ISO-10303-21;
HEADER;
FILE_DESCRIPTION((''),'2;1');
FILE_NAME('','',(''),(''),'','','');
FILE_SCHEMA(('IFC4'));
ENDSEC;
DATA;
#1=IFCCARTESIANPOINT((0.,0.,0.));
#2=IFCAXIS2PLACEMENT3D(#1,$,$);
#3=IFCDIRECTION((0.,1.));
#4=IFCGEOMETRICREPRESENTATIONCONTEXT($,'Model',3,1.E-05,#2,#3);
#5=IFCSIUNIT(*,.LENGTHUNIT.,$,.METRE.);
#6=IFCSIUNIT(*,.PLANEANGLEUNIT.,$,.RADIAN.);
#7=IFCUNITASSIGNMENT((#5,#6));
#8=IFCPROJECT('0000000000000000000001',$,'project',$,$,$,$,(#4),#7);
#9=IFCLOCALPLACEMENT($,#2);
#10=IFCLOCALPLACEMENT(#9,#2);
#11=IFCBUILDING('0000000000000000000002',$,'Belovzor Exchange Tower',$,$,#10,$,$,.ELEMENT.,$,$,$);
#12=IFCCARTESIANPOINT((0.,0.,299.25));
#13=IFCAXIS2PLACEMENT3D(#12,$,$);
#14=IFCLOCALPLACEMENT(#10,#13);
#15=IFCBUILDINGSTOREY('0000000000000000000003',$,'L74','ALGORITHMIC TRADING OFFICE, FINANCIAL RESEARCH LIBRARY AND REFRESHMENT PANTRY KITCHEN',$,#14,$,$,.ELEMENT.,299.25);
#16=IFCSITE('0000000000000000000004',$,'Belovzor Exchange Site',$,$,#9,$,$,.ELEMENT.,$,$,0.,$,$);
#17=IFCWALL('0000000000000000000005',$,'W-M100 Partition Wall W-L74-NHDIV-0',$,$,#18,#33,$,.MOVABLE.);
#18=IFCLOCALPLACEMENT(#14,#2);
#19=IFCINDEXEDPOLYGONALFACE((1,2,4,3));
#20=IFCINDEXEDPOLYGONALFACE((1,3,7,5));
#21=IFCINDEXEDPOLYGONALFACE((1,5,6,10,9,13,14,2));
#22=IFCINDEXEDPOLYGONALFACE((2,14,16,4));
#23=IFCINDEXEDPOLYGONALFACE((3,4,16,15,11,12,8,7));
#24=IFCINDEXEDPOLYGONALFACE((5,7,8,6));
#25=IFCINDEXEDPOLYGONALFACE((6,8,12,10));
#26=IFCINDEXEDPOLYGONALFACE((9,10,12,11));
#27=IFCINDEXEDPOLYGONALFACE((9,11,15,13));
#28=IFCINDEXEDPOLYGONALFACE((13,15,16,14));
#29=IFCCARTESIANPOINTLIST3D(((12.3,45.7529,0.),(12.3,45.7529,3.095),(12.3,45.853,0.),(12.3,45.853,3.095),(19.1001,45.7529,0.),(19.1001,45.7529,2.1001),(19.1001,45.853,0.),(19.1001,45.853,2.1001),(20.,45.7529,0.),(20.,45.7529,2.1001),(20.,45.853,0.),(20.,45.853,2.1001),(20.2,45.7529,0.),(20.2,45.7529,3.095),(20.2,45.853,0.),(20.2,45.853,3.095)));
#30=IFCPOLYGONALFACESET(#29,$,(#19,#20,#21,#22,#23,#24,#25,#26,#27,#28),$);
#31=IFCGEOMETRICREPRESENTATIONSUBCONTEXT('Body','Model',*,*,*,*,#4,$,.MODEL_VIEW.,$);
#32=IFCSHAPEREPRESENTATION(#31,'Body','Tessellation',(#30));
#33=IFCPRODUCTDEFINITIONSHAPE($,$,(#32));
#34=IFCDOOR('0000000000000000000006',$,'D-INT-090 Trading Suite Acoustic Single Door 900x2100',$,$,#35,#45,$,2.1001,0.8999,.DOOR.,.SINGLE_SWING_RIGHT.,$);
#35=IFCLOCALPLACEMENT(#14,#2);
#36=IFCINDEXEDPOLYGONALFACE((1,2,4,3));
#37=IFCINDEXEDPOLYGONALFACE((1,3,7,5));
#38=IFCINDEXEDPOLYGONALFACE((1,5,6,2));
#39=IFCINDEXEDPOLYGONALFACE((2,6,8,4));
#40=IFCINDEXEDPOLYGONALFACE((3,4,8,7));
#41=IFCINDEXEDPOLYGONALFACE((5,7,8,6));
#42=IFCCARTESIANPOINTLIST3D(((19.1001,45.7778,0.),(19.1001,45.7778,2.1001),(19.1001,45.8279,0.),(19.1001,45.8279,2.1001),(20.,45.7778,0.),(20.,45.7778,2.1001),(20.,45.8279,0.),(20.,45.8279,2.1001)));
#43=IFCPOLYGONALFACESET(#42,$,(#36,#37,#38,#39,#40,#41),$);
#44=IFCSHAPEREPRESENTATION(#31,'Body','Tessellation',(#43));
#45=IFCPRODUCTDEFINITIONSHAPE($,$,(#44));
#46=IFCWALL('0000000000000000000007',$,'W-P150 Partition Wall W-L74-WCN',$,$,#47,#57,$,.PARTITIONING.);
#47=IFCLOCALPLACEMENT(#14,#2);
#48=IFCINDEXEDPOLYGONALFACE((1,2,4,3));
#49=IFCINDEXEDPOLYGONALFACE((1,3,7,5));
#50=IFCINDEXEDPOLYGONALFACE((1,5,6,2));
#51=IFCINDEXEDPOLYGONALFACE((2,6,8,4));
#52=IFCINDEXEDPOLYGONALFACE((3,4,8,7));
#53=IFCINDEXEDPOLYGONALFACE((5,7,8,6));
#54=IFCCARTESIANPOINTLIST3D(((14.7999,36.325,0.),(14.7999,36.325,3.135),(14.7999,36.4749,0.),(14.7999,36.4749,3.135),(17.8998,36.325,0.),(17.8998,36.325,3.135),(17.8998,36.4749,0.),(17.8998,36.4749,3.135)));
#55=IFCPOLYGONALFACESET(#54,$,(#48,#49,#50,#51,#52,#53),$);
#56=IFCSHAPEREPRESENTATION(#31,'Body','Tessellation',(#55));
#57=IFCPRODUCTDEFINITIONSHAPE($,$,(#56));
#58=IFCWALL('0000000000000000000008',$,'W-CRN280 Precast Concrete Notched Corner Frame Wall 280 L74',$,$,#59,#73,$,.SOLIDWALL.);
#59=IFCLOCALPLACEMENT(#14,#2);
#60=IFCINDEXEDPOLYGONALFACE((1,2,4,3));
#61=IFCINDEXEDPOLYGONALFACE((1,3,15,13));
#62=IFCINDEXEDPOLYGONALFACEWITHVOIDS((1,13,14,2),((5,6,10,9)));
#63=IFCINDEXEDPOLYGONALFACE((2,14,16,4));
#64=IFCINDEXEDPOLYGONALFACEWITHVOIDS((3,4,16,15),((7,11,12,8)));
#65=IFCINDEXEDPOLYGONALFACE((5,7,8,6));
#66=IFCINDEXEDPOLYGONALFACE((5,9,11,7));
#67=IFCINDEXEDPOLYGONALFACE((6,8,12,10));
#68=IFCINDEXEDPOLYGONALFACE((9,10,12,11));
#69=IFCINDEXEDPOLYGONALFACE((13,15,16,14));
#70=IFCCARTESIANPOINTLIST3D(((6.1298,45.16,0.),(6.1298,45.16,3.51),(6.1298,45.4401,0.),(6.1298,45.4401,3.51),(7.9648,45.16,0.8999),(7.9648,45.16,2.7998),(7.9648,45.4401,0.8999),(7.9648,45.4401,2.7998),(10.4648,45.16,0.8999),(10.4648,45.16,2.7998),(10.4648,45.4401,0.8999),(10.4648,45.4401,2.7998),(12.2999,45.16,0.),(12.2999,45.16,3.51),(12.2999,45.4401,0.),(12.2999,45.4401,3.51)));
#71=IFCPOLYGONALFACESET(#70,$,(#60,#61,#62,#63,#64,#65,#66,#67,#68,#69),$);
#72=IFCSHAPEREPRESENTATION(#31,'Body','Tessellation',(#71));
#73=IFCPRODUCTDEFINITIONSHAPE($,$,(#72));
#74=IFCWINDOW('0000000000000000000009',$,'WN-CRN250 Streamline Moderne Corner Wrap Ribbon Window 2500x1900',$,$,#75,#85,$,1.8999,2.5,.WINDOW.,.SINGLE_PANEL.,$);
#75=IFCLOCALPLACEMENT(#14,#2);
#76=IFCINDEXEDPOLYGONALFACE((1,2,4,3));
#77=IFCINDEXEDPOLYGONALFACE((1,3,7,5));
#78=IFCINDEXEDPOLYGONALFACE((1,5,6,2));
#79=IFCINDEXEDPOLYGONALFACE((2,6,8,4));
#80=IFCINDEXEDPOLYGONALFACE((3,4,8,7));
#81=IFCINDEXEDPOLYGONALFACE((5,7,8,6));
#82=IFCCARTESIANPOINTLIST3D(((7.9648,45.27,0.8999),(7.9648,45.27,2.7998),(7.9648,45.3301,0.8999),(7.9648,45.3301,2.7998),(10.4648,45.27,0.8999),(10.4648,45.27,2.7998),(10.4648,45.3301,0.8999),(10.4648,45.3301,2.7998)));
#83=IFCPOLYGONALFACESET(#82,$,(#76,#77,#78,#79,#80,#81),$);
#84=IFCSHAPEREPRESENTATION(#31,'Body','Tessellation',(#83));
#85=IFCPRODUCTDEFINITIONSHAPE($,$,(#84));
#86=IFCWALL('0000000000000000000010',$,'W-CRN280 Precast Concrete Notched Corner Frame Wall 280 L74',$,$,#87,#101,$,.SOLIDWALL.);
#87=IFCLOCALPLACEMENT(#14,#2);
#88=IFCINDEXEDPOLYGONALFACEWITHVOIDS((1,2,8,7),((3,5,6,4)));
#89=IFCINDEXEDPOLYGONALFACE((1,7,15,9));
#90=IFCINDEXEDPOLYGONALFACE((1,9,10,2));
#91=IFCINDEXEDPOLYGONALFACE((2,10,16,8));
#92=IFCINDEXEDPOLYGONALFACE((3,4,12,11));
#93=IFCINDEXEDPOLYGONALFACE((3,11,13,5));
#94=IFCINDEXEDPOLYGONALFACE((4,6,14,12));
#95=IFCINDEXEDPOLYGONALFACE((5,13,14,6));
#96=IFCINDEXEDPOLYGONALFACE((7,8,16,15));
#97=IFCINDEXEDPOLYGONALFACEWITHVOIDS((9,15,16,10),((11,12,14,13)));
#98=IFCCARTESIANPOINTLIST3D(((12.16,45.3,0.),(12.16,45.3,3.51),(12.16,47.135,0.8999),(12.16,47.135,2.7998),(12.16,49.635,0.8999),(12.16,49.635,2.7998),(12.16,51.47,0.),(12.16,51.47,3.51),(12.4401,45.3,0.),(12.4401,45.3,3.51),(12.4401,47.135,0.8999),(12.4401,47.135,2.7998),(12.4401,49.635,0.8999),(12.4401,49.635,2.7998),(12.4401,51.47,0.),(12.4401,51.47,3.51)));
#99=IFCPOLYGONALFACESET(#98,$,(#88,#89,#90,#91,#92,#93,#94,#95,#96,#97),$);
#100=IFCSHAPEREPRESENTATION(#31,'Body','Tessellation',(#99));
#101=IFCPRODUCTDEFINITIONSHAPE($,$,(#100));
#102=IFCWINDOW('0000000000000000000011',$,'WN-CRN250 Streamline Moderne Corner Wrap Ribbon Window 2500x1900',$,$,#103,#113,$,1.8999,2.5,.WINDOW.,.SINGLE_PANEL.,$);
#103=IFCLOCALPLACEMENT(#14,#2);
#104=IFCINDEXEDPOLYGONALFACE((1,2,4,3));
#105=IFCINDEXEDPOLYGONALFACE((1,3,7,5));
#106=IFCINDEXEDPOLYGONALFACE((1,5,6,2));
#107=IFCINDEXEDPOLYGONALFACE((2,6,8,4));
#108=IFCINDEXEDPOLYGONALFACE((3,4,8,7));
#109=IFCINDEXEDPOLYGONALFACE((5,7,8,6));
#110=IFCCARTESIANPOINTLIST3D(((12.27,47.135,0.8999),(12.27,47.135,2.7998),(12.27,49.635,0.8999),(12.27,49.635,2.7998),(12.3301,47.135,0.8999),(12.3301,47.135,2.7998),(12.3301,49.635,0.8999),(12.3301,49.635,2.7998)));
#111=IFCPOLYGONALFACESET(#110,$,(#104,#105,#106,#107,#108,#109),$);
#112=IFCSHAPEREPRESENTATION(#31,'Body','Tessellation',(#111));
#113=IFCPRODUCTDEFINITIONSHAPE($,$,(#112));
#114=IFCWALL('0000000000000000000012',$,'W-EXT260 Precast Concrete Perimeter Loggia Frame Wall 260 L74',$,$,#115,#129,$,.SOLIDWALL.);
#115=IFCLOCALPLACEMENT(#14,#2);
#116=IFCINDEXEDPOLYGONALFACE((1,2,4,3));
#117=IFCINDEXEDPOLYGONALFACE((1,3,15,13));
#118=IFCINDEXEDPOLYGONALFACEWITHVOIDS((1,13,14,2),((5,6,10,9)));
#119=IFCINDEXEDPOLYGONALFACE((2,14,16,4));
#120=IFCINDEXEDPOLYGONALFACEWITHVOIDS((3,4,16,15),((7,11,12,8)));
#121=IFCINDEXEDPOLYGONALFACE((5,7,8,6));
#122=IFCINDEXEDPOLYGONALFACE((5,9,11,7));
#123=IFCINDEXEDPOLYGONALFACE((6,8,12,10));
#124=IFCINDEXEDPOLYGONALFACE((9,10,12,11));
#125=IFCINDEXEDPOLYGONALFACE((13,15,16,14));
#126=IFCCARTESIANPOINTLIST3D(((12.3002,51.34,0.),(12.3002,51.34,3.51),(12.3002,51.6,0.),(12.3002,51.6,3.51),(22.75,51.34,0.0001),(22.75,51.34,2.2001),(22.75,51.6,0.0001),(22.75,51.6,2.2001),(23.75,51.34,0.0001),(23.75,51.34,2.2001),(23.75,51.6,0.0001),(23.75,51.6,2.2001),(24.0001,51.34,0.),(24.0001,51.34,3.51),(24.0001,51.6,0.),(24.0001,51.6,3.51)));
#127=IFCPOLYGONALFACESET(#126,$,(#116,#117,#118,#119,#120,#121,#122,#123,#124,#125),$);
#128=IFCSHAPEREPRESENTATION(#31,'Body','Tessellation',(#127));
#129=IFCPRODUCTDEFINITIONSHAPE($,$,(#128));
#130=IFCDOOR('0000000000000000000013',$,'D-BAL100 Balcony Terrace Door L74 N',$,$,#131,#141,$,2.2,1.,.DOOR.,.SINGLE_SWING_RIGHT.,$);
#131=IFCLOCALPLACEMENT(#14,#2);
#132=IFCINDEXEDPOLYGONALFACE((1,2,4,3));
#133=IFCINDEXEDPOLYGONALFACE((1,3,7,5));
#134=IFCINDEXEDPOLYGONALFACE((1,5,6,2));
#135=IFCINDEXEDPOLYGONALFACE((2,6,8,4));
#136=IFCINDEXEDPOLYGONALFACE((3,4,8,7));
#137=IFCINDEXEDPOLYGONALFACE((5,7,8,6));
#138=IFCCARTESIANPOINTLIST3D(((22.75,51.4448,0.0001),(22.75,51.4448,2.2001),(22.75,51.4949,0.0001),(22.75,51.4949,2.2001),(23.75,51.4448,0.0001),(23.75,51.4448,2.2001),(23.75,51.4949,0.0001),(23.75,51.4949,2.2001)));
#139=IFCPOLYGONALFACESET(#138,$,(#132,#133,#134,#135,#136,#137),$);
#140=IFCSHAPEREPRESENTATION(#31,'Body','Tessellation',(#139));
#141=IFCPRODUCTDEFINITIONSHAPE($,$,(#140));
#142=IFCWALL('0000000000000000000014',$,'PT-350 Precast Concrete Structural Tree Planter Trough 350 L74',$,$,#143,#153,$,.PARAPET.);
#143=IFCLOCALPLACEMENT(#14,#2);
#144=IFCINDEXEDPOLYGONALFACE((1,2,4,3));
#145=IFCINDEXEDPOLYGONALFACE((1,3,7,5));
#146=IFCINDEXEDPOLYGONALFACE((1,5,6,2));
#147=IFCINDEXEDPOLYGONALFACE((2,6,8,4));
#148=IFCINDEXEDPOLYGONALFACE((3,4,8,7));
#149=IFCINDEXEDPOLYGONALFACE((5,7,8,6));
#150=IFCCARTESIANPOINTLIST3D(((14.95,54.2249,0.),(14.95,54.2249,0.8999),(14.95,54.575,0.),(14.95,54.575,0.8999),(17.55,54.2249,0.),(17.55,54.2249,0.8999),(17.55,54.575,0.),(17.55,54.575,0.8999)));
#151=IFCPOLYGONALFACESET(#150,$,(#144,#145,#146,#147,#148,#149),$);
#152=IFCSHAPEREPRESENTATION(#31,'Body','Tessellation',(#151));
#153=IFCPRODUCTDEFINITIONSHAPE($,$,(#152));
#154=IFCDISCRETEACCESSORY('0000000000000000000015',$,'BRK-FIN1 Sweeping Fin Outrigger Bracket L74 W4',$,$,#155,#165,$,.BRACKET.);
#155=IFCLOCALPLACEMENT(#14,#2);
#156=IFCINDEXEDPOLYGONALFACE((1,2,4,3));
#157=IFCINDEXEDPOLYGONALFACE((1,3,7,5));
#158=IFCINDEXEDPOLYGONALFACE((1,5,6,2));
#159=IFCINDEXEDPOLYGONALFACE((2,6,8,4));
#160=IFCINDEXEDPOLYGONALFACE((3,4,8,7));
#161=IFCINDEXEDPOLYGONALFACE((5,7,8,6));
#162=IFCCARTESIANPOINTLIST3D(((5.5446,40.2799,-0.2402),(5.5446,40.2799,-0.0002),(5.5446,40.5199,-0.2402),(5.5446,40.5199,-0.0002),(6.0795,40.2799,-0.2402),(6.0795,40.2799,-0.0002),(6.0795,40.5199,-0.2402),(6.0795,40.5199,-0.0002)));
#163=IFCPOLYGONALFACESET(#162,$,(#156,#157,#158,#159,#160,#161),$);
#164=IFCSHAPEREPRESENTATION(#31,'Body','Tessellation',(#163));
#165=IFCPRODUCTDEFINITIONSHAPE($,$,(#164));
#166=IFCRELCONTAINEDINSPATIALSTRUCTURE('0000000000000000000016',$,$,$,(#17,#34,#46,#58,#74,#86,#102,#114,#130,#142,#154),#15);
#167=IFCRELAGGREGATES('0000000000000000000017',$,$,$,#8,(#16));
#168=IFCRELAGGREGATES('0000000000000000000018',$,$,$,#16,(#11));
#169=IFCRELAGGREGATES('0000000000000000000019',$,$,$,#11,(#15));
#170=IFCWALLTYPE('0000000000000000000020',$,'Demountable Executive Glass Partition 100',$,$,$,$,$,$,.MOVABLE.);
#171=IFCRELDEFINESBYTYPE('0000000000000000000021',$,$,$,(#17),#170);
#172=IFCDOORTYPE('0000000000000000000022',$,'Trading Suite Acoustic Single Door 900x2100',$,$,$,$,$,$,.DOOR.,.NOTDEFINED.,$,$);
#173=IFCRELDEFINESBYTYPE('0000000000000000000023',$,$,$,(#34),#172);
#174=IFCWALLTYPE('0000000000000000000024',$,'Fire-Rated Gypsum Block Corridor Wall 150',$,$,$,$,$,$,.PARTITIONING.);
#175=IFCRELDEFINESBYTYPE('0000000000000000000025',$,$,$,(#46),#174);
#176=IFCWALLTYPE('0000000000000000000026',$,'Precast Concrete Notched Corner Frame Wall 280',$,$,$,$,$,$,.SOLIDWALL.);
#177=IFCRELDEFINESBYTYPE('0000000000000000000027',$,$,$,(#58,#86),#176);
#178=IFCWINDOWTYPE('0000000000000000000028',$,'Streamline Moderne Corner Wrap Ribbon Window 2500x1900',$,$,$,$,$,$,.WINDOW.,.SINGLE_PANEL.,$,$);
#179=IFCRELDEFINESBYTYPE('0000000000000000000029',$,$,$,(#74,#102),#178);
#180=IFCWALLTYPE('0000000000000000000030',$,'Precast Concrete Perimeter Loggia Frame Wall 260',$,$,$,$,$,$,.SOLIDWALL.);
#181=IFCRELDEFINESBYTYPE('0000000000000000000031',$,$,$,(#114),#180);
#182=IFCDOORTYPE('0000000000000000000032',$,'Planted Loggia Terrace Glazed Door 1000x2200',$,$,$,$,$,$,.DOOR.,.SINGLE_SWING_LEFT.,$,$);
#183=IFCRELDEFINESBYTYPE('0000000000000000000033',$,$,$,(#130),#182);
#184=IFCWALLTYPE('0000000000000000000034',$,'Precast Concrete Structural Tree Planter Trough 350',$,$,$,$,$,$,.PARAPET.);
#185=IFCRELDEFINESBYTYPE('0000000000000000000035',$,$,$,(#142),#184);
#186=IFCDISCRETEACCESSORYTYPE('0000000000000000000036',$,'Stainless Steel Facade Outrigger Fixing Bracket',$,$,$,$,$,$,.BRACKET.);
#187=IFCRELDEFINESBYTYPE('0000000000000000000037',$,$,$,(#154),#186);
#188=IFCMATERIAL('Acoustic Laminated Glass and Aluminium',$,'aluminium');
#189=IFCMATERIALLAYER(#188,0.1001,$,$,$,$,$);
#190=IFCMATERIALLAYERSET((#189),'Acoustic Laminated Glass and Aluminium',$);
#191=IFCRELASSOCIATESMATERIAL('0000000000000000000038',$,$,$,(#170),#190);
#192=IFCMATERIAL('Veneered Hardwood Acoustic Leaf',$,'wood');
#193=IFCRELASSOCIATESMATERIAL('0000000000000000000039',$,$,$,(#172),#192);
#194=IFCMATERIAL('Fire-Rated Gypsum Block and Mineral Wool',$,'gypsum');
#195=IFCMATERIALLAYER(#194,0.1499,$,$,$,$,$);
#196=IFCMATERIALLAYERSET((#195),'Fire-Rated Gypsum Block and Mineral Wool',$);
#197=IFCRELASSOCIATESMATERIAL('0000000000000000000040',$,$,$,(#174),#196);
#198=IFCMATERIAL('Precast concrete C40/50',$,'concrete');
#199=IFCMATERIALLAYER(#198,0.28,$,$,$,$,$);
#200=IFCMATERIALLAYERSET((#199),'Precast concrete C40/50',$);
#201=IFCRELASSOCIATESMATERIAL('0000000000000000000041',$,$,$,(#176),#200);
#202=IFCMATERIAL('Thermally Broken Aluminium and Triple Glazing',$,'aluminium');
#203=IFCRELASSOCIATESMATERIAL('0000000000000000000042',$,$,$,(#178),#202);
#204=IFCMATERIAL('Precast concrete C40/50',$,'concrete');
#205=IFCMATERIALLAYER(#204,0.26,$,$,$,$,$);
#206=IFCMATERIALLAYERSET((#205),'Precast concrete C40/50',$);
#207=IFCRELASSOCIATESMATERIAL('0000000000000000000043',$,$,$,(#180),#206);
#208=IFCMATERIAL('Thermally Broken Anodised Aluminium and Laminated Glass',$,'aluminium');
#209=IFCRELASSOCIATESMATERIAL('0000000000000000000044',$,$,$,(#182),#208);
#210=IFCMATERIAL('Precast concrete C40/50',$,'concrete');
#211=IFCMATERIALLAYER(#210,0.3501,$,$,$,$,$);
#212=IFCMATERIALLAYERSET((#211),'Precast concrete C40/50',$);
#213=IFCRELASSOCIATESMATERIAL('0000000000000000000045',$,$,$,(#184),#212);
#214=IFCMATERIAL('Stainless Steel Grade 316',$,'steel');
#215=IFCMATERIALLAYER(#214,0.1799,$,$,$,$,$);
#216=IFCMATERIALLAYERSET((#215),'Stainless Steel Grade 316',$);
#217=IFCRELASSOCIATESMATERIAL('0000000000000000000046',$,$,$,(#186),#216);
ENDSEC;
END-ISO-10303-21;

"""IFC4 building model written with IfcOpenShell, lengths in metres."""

from ifc_helpers import new_model, si_unit, direction, frame, frame_2d, origin, origin_2d, place, context, subcontext, project, spatial, rectangle, extrude, material, layer, layer_set, type_object, element, fill, save


model = new_model("IFC4")

# Units and contexts
model_context = context("Model", 3, precision=1e-05, world=origin(), true_north=direction((0.0, 1.0)))
body_context = subcontext(model_context, "Body", "Model", "MODEL_VIEW")
ifc_project = project(units=[si_unit("LENGTHUNIT", "METRE"), si_unit("PLANEANGLEUNIT", "RADIAN")], contexts=[model_context])

# Site, building, storey
site_placement = place(None, origin())
site = spatial("IfcSite", under=ifc_project, at=site_placement, Name="Belovzor Exchange Site", CompositionType="ELEMENT", RefElevation=0.0)
building_placement = place(site_placement, origin())
building = spatial("IfcBuilding", under=site, at=building_placement, Name="Belovzor Exchange Tower", CompositionType="ELEMENT")
storey_placement = place(building_placement, frame((0.0, 0.0, 299.25)))
storey = spatial("IfcBuildingStorey", under=building, at=storey_placement, Name="L74", Description="ALGORITHMIC TRADING OFFICE, FINANCIAL RESEARCH LIBRARY AND REFRESHMENT PANTRY KITCHEN", CompositionType="ELEMENT", Elevation=299.25)

# Wall, opening, door
ifc_material_1 = material(Name="Acoustic Laminated Glass and Aluminium", Category="aluminium")
ifc_layer_1 = layer(ifc_material_1, 0.1001)
ifc_layer_set_1 = layer_set([ifc_layer_1], Name="Acoustic Laminated Glass and Aluminium")
wall_type_1 = type_object("IfcWallType", Name="Demountable Executive Glass Partition 100", PredefinedType="MOVABLE", material=ifc_layer_set_1)
wall_1_placement = place(storey_placement, frame((12.3, 45.803, 0.0), z_axis=(0.0, 0.0, 1.0), x_axis=(1.0, 0.0, 0.0)))
wall_1 = element("IfcWall", 1, at=wall_1_placement, inside=storey, type_object=wall_type_1, Name="W-M100 Partition Wall W-L74-NHDIV-0", PredefinedType="MOVABLE", context=body_context, shape_type="SweptSolid", body=[
    extrude(rectangle(XDim=7.8999, YDim=0.1001, at=frame_2d((3.95, 0.0))), origin(), (0.0, 0.0, 1.0), 3.095),
])
opening_1_placement = place(wall_1_placement, frame((6.8, 0.0, 0.0)))
opening_1 = element("IfcOpeningElement", 2, at=opening_1_placement, cuts=wall_1, PredefinedType="OPENING", context=body_context, shape_type="SweptSolid", body=[
    extrude(rectangle(XDim=0.8999, YDim=2.1001, at=frame_2d((0.45, 1.05))), frame((0.0, 0.0601, 0.0), z_axis=(0.0, -1.0, 0.0), x_axis=(1.0, 0.0, 0.0)), (0.0, 0.0, 1.0), 0.1201),
])
ifc_material_2 = material(Name="Veneered Hardwood Acoustic Leaf", Category="wood")
door_type_1 = type_object("IfcDoorType", Name="Trading Suite Acoustic Single Door 900x2100", OperationType="NOTDEFINED", PredefinedType="DOOR", material=ifc_material_2)
door_1_placement = place(opening_1_placement, origin())
door_1 = element("IfcDoor", 3, at=door_1_placement, inside=storey, type_object=door_type_1, Name="D-INT-090 Trading Suite Acoustic Single Door 900x2100", OperationType="SINGLE_SWING_RIGHT", OverallHeight=2.1001, OverallWidth=0.8999, PredefinedType="DOOR", context=body_context, shape_type="SweptSolid", body=[
    extrude(rectangle(XDim=0.8999, YDim=2.1001, at=frame_2d((0.45, 1.05))), frame((0.0, 0.0249, 0.0), z_axis=(0.0, -1.0, 0.0), x_axis=(1.0, 0.0, 0.0)), (0.0, 0.0, 1.0), 0.05),
])
fill(opening_1, door_1)

# Wall
ifc_material_3 = material(Name="Fire-Rated Gypsum Block and Mineral Wool", Category="gypsum")
ifc_layer_2 = layer(ifc_material_3, 0.1499)
ifc_layer_set_2 = layer_set([ifc_layer_2], Name="Fire-Rated Gypsum Block and Mineral Wool")
wall_type_2 = type_object("IfcWallType", Name="Fire-Rated Gypsum Block Corridor Wall 150", PredefinedType="PARTITIONING", material=ifc_layer_set_2)
wall_2_placement = place(storey_placement, frame((14.8, 36.3999, 0.0), z_axis=(0.0, 0.0, 1.0), x_axis=(1.0, 0.0, 0.0)))
element("IfcWall", 4, at=wall_2_placement, inside=storey, type_object=wall_type_2, Name="W-P150 Partition Wall W-L74-WCN", PredefinedType="PARTITIONING", context=body_context, shape_type="SweptSolid", body=[
    extrude(rectangle(XDim=3.0999, YDim=0.1499, at=frame_2d((1.5498, 0.0))), origin(), (0.0, 0.0, 1.0), 3.135),
])

# Walls, openings, windows
ifc_material_4 = material(Name="Precast concrete C40/50", Category="concrete")
ifc_layer_3 = layer(ifc_material_4, 0.28)
ifc_layer_set_3 = layer_set([ifc_layer_3], Name="Precast concrete C40/50")
wall_type_3 = type_object("IfcWallType", Name="Precast Concrete Notched Corner Frame Wall 280", PredefinedType="SOLIDWALL", material=ifc_layer_set_3)
wall_3_placement = place(storey_placement, frame((6.1299, 45.3, 0.0), z_axis=(0.0, 0.0, 1.0), x_axis=(1.0, 0.0, 0.0)))
wall_3 = element("IfcWall", 5, at=wall_3_placement, inside=storey, type_object=wall_type_3, Name="W-CRN280 Precast Concrete Notched Corner Frame Wall 280 L74", PredefinedType="SOLIDWALL", context=body_context, shape_type="SweptSolid", body=[
    extrude(rectangle(XDim=6.1702, YDim=0.28, at=frame_2d((3.085, 0.0))), origin(), (0.0, 0.0, 1.0), 3.51),
])
opening_2_placement = place(wall_3_placement, frame((1.835, 0.0, 0.8999)))
opening_2 = element("IfcOpeningElement", 6, at=opening_2_placement, cuts=wall_3, PredefinedType="OPENING", context=body_context, shape_type="SweptSolid", body=[
    extrude(rectangle(XDim=2.5, YDim=1.8999, at=frame_2d((1.25, 0.95))), frame((0.0, 0.1499, 0.0), z_axis=(0.0, -1.0, 0.0), x_axis=(1.0, 0.0, 0.0)), (0.0, 0.0, 1.0), 0.3),
])
ifc_material_5 = material(Name="Thermally Broken Aluminium and Triple Glazing", Category="aluminium")
window_type = type_object("IfcWindowType", Name="Streamline Moderne Corner Wrap Ribbon Window 2500x1900", PartitioningType="SINGLE_PANEL", PredefinedType="WINDOW", material=ifc_material_5)
window_1_placement = place(opening_2_placement, origin())
window_1 = element("IfcWindow", 7, at=window_1_placement, inside=storey, type_object=window_type, Name="WN-CRN250 Streamline Moderne Corner Wrap Ribbon Window 2500x1900", OverallHeight=1.8999, OverallWidth=2.5, PartitioningType="SINGLE_PANEL", PredefinedType="WINDOW", context=body_context, shape_type="SweptSolid", body=[
    extrude(rectangle(XDim=2.5, YDim=1.8999, at=frame_2d((1.25, 0.95))), frame((0.0, 0.03, 0.0), z_axis=(0.0, -1.0, 0.0), x_axis=(1.0, 0.0, 0.0)), (0.0, 0.0, 1.0), 0.0601),
])
fill(opening_2, window_1)
wall_4_placement = place(storey_placement, frame((12.3, 45.3, 0.0), z_axis=(0.0, 0.0, 1.0), x_axis=(0.0, 1.0, 0.0)))
wall_4 = element("IfcWall", 8, at=wall_4_placement, inside=storey, type_object=wall_type_3, Name="W-CRN280 Precast Concrete Notched Corner Frame Wall 280 L74", PredefinedType="SOLIDWALL", context=body_context, shape_type="SweptSolid", body=[
    extrude(rectangle(XDim=6.1699, YDim=0.28, at=frame_2d((3.085, 0.0))), origin(), (0.0, 0.0, 1.0), 3.51),
])
opening_3_placement = place(wall_4_placement, frame((1.835, 0.0, 0.8999)))
opening_3 = element("IfcOpeningElement", 9, at=opening_3_placement, cuts=wall_4, PredefinedType="OPENING", context=body_context, shape_type="SweptSolid", body=[
    extrude(rectangle(XDim=2.5, YDim=1.8999, at=frame_2d((1.25, 0.95))), frame((0.0, 0.1499, 0.0), z_axis=(0.0, -1.0, 0.0), x_axis=(1.0, 0.0, 0.0)), (0.0, 0.0, 1.0), 0.3),
])
window_2_placement = place(opening_3_placement, origin())
window_2 = element("IfcWindow", 10, at=window_2_placement, inside=storey, type_object=window_type, Name="WN-CRN250 Streamline Moderne Corner Wrap Ribbon Window 2500x1900", OverallHeight=1.8999, OverallWidth=2.5, PartitioningType="SINGLE_PANEL", PredefinedType="WINDOW", context=body_context, shape_type="SweptSolid", body=[
    extrude(rectangle(XDim=2.5, YDim=1.8999, at=frame_2d((1.25, 0.95))), frame((0.0, 0.03, 0.0), z_axis=(0.0, -1.0, 0.0), x_axis=(1.0, 0.0, 0.0)), (0.0, 0.0, 1.0), 0.0601),
])
fill(opening_3, window_2)

# Wall, opening, door
ifc_material_6 = material(Name="Precast concrete C40/50", Category="concrete")
ifc_layer_4 = layer(ifc_material_6, 0.26)
ifc_layer_set_4 = layer_set([ifc_layer_4], Name="Precast concrete C40/50")
wall_type_4 = type_object("IfcWallType", Name="Precast Concrete Perimeter Loggia Frame Wall 260", PredefinedType="SOLIDWALL", material=ifc_layer_set_4)
wall_5_placement = place(storey_placement, frame((12.3, 51.47, 0.0), z_axis=(0.0, 0.0, 1.0), x_axis=(1.0, 0.0, 0.0)))
wall_5 = element("IfcWall", 11, at=wall_5_placement, inside=storey, type_object=wall_type_4, Name="W-EXT260 Precast Concrete Perimeter Loggia Frame Wall 260 L74", PredefinedType="SOLIDWALL", context=body_context, shape_type="SweptSolid", body=[
    extrude(rectangle(XDim=11.7, YDim=0.26, at=frame_2d((5.8501, 0.0))), origin(), (0.0, 0.0, 1.0), 3.51),
])
opening_4_placement = place(wall_5_placement, frame((10.45, 0.0, 0.0)))
opening_4 = element("IfcOpeningElement", 12, at=opening_4_placement, cuts=wall_5, PredefinedType="OPENING", context=body_context, shape_type="SweptSolid", body=[
    extrude(rectangle(XDim=1.0, YDim=2.2, at=frame_2d((0.5, 1.1001))), frame((0.0, 0.1399, 0.0), z_axis=(0.0, -1.0, 0.0), x_axis=(1.0, 0.0, 0.0)), (0.0, 0.0, 1.0), 0.28),
])
ifc_material_7 = material(Name="Thermally Broken Anodised Aluminium and Laminated Glass", Category="aluminium")
door_type_2 = type_object("IfcDoorType", Name="Planted Loggia Terrace Glazed Door 1000x2200", OperationType="SINGLE_SWING_LEFT", PredefinedType="DOOR", material=ifc_material_7)
door_2_placement = place(opening_4_placement, origin())
door_2 = element("IfcDoor", 13, at=door_2_placement, inside=storey, type_object=door_type_2, Name="D-BAL100 Balcony Terrace Door L74 N", OperationType="SINGLE_SWING_RIGHT", OverallHeight=2.2, OverallWidth=1.0, PredefinedType="DOOR", context=body_context, shape_type="SweptSolid", body=[
    extrude(rectangle(XDim=1.0, YDim=2.2, at=frame_2d((0.5, 1.1001))), frame((0.0, 0.0249, 0.0), z_axis=(0.0, -1.0, 0.0), x_axis=(1.0, 0.0, 0.0)), (0.0, 0.0, 1.0), 0.05),
])
fill(opening_4, door_2)

# Wall
ifc_material_8 = material(Name="Precast concrete C40/50", Category="concrete")
ifc_layer_5 = layer(ifc_material_8, 0.3501)
ifc_layer_set_5 = layer_set([ifc_layer_5], Name="Precast concrete C40/50")
wall_type_5 = type_object("IfcWallType", Name="Precast Concrete Structural Tree Planter Trough 350", PredefinedType="PARAPET", material=ifc_layer_set_5)
wall_6_placement = place(storey_placement, frame((14.95, 54.3999, 0.0), z_axis=(0.0, 0.0, 1.0), x_axis=(1.0, 0.0, 0.0)))
element("IfcWall", 14, at=wall_6_placement, inside=storey, type_object=wall_type_5, Name="PT-350 Precast Concrete Structural Tree Planter Trough 350 L74", PredefinedType="PARAPET", context=body_context, shape_type="SweptSolid", body=[
    extrude(rectangle(XDim=2.6001, YDim=0.3501, at=frame_2d((1.3, 0.0))), origin(), (0.0, 0.0, 1.0), 0.8999),
])

# Discrete accessory
ifc_material_9 = material(Name="Stainless Steel Grade 316", Category="steel")
ifc_layer_6 = layer(ifc_material_9, 0.1799)
ifc_layer_set_6 = layer_set([ifc_layer_6], Name="Stainless Steel Grade 316")
discrete_accessory_type = type_object("IfcDiscreteAccessoryType", Name="Stainless Steel Facade Outrigger Fixing Bracket", PredefinedType="BRACKET", material=ifc_layer_set_6)
discrete_accessory_placement = place(storey_placement, frame((5.812, 40.3999, -0.2402), z_axis=(0.0, 0.0, 1.0), x_axis=(1.0, 0.0, 0.0)))
element("IfcDiscreteAccessory", 15, at=discrete_accessory_placement, inside=storey, type_object=discrete_accessory_type, Name="BRK-FIN1 Sweeping Fin Outrigger Bracket L74 W4", PredefinedType="BRACKET", context=body_context, shape_type="SweptSolid", body=[
    extrude(rectangle(XDim=0.5349, YDim=0.24, at=origin_2d()), origin(), (0.0, 0.0, 1.0), 0.24),
])

save(model, "model.ifc")
